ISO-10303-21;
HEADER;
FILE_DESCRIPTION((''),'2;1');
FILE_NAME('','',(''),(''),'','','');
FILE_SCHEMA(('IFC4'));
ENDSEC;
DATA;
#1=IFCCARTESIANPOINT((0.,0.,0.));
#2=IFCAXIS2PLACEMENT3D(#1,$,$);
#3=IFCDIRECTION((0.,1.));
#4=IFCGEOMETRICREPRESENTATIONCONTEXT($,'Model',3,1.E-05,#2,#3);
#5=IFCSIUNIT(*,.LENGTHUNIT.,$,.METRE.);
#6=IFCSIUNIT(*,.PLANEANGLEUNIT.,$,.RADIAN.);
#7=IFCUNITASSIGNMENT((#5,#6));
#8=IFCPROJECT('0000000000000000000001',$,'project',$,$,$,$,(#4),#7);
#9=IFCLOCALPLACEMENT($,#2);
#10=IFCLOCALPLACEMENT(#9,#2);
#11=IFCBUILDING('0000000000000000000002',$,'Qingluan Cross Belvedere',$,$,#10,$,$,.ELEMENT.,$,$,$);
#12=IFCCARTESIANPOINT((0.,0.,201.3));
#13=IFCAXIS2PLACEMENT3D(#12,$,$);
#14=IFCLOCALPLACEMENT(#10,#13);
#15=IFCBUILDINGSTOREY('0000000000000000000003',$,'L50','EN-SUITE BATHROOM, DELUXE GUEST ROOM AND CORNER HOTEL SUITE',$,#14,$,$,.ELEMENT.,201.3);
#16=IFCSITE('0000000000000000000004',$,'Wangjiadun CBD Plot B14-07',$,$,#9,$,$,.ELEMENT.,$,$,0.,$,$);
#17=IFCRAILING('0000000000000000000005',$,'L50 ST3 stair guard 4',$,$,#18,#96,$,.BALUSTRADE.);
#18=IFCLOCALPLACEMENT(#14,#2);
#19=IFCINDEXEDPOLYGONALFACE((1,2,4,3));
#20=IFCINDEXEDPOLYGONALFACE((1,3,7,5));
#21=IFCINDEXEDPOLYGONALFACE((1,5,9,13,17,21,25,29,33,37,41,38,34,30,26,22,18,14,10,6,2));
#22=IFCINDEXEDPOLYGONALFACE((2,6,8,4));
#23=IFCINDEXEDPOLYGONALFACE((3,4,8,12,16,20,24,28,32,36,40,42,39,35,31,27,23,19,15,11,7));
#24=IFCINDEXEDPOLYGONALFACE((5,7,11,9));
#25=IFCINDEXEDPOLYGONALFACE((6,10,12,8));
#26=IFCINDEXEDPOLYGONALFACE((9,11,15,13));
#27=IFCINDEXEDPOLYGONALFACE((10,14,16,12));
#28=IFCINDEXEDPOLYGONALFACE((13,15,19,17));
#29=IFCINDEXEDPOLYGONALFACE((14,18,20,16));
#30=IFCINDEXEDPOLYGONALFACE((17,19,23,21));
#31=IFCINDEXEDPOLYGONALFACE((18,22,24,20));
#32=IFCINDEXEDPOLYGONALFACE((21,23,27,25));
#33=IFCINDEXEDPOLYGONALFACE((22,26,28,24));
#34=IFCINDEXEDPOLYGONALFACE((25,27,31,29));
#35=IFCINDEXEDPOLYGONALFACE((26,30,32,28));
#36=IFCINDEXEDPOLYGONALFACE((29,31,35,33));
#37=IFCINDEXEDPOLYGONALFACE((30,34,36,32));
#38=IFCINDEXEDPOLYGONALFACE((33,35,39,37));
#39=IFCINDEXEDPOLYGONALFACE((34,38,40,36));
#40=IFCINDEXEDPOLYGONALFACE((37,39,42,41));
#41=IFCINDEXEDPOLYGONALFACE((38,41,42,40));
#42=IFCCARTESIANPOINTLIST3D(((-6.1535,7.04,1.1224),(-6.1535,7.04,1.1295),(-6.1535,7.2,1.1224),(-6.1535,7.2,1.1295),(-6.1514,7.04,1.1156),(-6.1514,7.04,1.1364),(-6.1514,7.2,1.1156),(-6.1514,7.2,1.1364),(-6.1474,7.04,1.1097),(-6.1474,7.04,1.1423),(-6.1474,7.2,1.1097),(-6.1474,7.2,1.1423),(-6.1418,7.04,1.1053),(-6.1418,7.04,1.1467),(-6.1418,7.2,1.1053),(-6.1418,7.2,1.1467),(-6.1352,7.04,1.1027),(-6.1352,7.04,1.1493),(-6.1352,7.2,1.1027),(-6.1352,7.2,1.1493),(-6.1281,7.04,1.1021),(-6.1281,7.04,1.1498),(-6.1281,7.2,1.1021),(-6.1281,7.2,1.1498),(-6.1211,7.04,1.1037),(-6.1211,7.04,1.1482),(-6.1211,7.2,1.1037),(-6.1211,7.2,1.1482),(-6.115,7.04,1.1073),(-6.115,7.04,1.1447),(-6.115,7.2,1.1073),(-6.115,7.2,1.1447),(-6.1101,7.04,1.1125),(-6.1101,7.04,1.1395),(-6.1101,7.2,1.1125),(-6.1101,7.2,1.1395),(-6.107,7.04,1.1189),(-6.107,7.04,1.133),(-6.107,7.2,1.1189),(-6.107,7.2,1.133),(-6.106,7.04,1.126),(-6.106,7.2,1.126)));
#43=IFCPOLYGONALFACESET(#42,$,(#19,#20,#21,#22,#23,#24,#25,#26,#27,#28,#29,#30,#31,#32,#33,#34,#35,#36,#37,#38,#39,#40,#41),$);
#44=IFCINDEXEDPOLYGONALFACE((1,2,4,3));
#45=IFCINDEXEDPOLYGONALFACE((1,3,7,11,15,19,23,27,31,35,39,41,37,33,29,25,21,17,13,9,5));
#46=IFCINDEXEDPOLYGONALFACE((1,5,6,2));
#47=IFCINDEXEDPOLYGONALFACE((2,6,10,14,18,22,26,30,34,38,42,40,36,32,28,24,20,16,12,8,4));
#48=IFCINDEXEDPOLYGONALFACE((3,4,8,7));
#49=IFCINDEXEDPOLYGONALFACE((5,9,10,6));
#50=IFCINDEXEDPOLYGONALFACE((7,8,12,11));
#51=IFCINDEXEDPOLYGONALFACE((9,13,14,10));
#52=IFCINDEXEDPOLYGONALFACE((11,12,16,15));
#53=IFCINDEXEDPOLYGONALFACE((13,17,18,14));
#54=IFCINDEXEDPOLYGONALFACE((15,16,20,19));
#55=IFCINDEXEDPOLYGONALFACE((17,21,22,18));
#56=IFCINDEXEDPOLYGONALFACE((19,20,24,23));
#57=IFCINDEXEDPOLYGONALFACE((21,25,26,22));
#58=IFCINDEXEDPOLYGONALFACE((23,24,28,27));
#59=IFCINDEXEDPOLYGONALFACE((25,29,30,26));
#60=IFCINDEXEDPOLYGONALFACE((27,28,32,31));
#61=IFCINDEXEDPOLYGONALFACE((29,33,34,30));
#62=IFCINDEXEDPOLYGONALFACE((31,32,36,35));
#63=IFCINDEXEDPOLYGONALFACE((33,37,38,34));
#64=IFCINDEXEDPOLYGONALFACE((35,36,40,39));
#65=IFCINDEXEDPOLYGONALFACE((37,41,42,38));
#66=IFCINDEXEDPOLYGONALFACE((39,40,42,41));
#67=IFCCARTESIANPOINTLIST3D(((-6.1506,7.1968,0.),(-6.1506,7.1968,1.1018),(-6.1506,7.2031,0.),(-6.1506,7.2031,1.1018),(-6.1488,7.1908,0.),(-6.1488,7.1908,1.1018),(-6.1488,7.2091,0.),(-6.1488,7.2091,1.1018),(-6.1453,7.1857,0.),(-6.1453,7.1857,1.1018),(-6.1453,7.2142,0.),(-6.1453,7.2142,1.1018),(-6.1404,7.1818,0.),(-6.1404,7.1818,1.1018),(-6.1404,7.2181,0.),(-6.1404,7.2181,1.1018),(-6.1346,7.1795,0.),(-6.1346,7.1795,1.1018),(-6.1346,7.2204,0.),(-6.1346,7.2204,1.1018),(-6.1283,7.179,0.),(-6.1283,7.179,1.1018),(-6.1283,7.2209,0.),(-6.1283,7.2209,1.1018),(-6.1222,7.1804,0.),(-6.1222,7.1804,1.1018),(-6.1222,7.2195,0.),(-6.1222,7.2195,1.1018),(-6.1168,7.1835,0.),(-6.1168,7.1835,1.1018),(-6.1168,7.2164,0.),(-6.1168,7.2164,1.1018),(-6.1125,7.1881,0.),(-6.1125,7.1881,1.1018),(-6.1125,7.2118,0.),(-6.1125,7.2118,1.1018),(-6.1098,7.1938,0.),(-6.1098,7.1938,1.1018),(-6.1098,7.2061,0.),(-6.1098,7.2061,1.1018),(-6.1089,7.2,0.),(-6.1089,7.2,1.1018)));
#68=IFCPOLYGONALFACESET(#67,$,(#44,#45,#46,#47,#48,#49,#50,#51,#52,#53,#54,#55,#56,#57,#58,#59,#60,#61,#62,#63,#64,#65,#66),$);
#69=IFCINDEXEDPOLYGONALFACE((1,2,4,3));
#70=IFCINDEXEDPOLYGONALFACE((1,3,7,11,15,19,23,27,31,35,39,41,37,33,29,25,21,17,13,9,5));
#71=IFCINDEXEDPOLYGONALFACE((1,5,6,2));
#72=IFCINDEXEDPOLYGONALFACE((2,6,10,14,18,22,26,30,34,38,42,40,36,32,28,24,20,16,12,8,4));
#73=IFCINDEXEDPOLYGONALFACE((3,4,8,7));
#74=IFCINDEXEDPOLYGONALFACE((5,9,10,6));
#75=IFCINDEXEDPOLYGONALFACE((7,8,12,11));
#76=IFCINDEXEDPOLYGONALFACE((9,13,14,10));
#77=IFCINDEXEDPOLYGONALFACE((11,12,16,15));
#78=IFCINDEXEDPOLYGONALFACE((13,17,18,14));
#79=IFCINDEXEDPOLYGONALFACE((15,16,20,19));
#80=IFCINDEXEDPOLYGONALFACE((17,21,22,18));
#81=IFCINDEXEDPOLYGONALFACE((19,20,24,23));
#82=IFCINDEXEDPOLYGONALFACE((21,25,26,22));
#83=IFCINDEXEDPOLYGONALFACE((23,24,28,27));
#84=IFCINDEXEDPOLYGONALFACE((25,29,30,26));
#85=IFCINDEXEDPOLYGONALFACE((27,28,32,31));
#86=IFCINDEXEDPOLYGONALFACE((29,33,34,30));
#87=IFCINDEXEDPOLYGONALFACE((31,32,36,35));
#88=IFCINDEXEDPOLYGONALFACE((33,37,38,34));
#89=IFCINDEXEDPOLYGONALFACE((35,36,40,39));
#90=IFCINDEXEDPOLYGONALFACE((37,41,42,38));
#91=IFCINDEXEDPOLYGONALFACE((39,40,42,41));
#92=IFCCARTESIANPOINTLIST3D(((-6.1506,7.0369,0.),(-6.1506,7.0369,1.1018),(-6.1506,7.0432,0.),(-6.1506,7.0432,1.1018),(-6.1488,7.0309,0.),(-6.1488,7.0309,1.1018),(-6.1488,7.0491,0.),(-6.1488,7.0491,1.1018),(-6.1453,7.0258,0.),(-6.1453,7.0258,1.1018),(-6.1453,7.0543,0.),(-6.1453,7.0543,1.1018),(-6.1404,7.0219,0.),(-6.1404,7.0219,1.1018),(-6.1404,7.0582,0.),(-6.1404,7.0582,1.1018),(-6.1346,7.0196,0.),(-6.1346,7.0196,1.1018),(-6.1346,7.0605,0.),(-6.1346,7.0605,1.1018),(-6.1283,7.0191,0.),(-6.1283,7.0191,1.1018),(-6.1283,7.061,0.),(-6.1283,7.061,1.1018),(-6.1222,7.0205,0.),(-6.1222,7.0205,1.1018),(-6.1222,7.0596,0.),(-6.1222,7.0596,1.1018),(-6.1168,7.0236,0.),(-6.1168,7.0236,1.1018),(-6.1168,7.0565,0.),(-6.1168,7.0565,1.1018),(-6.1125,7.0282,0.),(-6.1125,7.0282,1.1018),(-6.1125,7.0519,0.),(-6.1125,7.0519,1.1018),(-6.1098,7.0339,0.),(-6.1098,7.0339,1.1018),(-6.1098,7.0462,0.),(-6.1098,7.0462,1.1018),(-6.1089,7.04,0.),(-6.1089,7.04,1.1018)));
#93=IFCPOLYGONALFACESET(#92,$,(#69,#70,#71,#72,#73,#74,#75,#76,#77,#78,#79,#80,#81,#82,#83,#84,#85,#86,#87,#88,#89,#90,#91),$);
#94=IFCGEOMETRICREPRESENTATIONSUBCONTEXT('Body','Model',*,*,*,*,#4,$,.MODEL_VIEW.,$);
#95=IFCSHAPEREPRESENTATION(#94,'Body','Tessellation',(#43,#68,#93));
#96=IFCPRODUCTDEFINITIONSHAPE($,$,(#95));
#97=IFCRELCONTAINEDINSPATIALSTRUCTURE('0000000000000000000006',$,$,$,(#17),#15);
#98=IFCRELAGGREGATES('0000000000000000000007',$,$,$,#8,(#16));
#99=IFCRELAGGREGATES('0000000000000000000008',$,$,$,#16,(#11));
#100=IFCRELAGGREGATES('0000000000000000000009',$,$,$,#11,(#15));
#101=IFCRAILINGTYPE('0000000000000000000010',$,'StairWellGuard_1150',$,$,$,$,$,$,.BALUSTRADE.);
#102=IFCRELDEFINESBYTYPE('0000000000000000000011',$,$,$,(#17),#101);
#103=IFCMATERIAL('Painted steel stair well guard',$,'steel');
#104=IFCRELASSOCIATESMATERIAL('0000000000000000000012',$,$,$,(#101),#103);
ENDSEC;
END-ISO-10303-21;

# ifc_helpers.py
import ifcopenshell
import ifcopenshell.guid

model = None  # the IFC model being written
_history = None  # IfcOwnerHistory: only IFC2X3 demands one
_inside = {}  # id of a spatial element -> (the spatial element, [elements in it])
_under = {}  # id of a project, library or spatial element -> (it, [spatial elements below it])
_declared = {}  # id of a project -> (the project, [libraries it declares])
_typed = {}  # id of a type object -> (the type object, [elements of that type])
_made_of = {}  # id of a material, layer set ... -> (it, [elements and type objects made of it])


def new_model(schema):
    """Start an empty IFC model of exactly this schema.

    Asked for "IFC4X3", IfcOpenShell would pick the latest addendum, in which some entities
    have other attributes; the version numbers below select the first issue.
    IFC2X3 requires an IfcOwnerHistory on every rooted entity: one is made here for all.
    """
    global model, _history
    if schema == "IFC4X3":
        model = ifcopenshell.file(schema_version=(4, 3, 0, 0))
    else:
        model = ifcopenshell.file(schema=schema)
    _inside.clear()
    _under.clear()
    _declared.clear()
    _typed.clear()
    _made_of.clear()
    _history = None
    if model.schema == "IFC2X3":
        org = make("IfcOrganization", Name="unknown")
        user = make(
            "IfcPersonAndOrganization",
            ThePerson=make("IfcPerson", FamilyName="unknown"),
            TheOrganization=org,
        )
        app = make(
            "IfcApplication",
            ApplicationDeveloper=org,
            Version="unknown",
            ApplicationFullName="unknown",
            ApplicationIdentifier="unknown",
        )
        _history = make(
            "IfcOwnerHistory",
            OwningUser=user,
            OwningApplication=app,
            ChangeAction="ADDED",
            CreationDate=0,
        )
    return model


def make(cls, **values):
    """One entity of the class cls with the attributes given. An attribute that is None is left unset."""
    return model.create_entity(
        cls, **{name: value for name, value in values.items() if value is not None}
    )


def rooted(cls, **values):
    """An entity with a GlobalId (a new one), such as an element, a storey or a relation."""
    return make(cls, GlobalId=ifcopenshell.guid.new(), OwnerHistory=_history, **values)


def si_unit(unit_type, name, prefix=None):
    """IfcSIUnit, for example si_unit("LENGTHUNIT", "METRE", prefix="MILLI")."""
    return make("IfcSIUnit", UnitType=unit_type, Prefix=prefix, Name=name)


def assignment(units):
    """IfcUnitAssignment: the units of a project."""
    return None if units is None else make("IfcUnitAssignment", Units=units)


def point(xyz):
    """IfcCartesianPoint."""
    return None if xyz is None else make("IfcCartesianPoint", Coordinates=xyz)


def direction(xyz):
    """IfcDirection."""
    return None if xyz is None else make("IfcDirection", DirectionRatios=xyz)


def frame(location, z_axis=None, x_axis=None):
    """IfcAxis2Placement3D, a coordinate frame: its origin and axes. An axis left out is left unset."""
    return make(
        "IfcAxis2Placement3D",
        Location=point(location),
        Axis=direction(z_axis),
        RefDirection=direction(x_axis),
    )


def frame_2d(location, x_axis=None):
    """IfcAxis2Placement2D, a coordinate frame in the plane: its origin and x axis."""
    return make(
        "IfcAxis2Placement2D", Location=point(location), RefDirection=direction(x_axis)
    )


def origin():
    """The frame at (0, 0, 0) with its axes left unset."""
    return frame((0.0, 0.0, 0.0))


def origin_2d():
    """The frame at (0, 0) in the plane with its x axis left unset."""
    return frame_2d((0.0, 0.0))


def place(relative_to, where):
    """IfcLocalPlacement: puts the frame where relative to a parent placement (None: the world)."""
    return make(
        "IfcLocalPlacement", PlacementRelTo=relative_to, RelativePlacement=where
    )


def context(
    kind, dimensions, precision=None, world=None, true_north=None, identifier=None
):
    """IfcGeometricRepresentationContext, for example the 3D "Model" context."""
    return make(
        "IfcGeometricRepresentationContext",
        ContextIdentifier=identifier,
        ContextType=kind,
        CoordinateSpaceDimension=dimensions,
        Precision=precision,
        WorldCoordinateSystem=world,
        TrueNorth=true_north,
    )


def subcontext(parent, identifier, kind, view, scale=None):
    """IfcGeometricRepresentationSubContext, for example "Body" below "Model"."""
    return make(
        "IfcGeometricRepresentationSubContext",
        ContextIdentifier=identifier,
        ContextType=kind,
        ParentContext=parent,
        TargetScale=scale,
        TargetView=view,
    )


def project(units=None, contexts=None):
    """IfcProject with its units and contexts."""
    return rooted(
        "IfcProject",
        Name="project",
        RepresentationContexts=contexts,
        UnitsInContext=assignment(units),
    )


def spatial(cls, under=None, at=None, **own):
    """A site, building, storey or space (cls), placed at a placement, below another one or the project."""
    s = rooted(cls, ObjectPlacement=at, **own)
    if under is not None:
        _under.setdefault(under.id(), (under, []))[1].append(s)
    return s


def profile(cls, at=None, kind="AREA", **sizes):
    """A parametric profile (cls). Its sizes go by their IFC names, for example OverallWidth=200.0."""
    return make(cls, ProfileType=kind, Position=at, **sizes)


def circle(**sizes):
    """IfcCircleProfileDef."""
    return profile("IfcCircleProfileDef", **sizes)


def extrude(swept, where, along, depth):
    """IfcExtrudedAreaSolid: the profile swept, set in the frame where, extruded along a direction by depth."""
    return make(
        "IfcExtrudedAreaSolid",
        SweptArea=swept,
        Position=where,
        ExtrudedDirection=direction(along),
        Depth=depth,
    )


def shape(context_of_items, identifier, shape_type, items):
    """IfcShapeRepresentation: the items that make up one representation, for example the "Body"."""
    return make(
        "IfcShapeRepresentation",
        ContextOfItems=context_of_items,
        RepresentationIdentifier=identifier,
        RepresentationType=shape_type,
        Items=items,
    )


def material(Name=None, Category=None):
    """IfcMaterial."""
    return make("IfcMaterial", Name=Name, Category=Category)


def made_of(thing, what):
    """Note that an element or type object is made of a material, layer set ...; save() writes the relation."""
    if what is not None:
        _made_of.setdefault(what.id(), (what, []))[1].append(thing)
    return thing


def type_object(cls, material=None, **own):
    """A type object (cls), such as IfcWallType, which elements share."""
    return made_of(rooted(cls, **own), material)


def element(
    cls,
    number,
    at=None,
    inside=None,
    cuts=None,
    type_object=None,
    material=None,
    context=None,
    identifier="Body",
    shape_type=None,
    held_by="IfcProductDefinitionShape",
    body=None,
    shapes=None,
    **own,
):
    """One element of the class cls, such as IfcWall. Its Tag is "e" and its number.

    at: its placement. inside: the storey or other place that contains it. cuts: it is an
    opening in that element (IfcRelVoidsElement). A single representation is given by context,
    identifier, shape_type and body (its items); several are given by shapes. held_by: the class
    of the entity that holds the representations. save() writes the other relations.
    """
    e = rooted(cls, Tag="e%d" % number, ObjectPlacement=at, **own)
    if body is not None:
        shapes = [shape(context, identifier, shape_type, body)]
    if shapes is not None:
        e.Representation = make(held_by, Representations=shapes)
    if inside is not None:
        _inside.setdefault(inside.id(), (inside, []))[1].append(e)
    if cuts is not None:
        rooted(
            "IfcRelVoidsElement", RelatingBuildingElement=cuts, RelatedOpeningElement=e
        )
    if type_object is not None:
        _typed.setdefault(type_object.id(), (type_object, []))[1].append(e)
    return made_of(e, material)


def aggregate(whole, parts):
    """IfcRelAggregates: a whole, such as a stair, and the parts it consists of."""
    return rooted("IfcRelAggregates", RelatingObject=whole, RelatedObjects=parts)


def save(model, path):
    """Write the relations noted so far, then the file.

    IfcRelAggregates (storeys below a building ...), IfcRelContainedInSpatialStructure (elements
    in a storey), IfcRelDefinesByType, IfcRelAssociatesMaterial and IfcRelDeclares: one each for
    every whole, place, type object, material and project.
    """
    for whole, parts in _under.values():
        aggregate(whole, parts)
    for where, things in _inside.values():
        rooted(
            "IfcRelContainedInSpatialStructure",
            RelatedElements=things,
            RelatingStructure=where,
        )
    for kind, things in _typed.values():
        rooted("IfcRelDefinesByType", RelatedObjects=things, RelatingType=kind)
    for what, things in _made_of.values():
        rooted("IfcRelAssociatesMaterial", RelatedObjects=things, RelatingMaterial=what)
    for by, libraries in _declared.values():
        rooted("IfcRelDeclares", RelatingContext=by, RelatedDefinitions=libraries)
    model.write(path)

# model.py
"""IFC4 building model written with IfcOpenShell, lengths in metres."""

from ifc_helpers import new_model, si_unit, direction, frame, origin, origin_2d, place, context, subcontext, project, spatial, circle, extrude, material, type_object, element, save


model = new_model("IFC4")

# Units and contexts
model_context = context("Model", 3, precision=1e-05, world=origin(), true_north=direction((0.0, 1.0)))
body_context = subcontext(model_context, "Body", "Model", "MODEL_VIEW")
ifc_project = project(units=[si_unit("LENGTHUNIT", "METRE"), si_unit("PLANEANGLEUNIT", "RADIAN")], contexts=[model_context])

# Site, building, storey
site_placement = place(None, origin())
site = spatial("IfcSite", under=ifc_project, at=site_placement, Name="Wangjiadun CBD Plot B14-07", CompositionType="ELEMENT", RefElevation=0.0)
building_placement = place(site_placement, origin())
building = spatial("IfcBuilding", under=site, at=building_placement, Name="Qingluan Cross Belvedere", CompositionType="ELEMENT")
storey_placement = place(building_placement, frame((0.0, 0.0, 201.3)))
storey = spatial("IfcBuildingStorey", under=building, at=storey_placement, Name="L50", Description="EN-SUITE BATHROOM, DELUXE GUEST ROOM AND CORNER HOTEL SUITE", CompositionType="ELEMENT", Elevation=201.3)

# Railing
ifc_material_1 = material(Name="Painted steel stair well guard", Category="steel")
railing_type_1 = type_object("IfcRailingType", Name="StairWellGuard_1150", PredefinedType="BALUSTRADE", material=ifc_material_1)
railing_1_placement = place(storey_placement, frame((-6.1299, 7.2, 0.0)))
element("IfcRailing", 1, at=railing_1_placement, inside=storey, type_object=railing_type_1, Name="L50 ST3 stair guard 4", PredefinedType="BALUSTRADE", context=body_context, shape_type="SweptSolid", body=[
    extrude(circle(Radius=0.0239, at=origin_2d()), frame((0.0, 0.0, 1.126), z_axis=(0.0, -1.0, 0.0), x_axis=(1.0, 0.0, 0.0)), (0.0, 0.0, 1.0), 0.1599),
    extrude(circle(Radius=0.021, at=origin_2d()), origin(), (0.0, 0.0, 1.0), 1.1018),
    extrude(circle(Radius=0.021, at=origin_2d()), frame((0.0, -0.1599, 0.0)), (0.0, 0.0, 1.0), 1.1018),
])

save(model, "model.ifc")
